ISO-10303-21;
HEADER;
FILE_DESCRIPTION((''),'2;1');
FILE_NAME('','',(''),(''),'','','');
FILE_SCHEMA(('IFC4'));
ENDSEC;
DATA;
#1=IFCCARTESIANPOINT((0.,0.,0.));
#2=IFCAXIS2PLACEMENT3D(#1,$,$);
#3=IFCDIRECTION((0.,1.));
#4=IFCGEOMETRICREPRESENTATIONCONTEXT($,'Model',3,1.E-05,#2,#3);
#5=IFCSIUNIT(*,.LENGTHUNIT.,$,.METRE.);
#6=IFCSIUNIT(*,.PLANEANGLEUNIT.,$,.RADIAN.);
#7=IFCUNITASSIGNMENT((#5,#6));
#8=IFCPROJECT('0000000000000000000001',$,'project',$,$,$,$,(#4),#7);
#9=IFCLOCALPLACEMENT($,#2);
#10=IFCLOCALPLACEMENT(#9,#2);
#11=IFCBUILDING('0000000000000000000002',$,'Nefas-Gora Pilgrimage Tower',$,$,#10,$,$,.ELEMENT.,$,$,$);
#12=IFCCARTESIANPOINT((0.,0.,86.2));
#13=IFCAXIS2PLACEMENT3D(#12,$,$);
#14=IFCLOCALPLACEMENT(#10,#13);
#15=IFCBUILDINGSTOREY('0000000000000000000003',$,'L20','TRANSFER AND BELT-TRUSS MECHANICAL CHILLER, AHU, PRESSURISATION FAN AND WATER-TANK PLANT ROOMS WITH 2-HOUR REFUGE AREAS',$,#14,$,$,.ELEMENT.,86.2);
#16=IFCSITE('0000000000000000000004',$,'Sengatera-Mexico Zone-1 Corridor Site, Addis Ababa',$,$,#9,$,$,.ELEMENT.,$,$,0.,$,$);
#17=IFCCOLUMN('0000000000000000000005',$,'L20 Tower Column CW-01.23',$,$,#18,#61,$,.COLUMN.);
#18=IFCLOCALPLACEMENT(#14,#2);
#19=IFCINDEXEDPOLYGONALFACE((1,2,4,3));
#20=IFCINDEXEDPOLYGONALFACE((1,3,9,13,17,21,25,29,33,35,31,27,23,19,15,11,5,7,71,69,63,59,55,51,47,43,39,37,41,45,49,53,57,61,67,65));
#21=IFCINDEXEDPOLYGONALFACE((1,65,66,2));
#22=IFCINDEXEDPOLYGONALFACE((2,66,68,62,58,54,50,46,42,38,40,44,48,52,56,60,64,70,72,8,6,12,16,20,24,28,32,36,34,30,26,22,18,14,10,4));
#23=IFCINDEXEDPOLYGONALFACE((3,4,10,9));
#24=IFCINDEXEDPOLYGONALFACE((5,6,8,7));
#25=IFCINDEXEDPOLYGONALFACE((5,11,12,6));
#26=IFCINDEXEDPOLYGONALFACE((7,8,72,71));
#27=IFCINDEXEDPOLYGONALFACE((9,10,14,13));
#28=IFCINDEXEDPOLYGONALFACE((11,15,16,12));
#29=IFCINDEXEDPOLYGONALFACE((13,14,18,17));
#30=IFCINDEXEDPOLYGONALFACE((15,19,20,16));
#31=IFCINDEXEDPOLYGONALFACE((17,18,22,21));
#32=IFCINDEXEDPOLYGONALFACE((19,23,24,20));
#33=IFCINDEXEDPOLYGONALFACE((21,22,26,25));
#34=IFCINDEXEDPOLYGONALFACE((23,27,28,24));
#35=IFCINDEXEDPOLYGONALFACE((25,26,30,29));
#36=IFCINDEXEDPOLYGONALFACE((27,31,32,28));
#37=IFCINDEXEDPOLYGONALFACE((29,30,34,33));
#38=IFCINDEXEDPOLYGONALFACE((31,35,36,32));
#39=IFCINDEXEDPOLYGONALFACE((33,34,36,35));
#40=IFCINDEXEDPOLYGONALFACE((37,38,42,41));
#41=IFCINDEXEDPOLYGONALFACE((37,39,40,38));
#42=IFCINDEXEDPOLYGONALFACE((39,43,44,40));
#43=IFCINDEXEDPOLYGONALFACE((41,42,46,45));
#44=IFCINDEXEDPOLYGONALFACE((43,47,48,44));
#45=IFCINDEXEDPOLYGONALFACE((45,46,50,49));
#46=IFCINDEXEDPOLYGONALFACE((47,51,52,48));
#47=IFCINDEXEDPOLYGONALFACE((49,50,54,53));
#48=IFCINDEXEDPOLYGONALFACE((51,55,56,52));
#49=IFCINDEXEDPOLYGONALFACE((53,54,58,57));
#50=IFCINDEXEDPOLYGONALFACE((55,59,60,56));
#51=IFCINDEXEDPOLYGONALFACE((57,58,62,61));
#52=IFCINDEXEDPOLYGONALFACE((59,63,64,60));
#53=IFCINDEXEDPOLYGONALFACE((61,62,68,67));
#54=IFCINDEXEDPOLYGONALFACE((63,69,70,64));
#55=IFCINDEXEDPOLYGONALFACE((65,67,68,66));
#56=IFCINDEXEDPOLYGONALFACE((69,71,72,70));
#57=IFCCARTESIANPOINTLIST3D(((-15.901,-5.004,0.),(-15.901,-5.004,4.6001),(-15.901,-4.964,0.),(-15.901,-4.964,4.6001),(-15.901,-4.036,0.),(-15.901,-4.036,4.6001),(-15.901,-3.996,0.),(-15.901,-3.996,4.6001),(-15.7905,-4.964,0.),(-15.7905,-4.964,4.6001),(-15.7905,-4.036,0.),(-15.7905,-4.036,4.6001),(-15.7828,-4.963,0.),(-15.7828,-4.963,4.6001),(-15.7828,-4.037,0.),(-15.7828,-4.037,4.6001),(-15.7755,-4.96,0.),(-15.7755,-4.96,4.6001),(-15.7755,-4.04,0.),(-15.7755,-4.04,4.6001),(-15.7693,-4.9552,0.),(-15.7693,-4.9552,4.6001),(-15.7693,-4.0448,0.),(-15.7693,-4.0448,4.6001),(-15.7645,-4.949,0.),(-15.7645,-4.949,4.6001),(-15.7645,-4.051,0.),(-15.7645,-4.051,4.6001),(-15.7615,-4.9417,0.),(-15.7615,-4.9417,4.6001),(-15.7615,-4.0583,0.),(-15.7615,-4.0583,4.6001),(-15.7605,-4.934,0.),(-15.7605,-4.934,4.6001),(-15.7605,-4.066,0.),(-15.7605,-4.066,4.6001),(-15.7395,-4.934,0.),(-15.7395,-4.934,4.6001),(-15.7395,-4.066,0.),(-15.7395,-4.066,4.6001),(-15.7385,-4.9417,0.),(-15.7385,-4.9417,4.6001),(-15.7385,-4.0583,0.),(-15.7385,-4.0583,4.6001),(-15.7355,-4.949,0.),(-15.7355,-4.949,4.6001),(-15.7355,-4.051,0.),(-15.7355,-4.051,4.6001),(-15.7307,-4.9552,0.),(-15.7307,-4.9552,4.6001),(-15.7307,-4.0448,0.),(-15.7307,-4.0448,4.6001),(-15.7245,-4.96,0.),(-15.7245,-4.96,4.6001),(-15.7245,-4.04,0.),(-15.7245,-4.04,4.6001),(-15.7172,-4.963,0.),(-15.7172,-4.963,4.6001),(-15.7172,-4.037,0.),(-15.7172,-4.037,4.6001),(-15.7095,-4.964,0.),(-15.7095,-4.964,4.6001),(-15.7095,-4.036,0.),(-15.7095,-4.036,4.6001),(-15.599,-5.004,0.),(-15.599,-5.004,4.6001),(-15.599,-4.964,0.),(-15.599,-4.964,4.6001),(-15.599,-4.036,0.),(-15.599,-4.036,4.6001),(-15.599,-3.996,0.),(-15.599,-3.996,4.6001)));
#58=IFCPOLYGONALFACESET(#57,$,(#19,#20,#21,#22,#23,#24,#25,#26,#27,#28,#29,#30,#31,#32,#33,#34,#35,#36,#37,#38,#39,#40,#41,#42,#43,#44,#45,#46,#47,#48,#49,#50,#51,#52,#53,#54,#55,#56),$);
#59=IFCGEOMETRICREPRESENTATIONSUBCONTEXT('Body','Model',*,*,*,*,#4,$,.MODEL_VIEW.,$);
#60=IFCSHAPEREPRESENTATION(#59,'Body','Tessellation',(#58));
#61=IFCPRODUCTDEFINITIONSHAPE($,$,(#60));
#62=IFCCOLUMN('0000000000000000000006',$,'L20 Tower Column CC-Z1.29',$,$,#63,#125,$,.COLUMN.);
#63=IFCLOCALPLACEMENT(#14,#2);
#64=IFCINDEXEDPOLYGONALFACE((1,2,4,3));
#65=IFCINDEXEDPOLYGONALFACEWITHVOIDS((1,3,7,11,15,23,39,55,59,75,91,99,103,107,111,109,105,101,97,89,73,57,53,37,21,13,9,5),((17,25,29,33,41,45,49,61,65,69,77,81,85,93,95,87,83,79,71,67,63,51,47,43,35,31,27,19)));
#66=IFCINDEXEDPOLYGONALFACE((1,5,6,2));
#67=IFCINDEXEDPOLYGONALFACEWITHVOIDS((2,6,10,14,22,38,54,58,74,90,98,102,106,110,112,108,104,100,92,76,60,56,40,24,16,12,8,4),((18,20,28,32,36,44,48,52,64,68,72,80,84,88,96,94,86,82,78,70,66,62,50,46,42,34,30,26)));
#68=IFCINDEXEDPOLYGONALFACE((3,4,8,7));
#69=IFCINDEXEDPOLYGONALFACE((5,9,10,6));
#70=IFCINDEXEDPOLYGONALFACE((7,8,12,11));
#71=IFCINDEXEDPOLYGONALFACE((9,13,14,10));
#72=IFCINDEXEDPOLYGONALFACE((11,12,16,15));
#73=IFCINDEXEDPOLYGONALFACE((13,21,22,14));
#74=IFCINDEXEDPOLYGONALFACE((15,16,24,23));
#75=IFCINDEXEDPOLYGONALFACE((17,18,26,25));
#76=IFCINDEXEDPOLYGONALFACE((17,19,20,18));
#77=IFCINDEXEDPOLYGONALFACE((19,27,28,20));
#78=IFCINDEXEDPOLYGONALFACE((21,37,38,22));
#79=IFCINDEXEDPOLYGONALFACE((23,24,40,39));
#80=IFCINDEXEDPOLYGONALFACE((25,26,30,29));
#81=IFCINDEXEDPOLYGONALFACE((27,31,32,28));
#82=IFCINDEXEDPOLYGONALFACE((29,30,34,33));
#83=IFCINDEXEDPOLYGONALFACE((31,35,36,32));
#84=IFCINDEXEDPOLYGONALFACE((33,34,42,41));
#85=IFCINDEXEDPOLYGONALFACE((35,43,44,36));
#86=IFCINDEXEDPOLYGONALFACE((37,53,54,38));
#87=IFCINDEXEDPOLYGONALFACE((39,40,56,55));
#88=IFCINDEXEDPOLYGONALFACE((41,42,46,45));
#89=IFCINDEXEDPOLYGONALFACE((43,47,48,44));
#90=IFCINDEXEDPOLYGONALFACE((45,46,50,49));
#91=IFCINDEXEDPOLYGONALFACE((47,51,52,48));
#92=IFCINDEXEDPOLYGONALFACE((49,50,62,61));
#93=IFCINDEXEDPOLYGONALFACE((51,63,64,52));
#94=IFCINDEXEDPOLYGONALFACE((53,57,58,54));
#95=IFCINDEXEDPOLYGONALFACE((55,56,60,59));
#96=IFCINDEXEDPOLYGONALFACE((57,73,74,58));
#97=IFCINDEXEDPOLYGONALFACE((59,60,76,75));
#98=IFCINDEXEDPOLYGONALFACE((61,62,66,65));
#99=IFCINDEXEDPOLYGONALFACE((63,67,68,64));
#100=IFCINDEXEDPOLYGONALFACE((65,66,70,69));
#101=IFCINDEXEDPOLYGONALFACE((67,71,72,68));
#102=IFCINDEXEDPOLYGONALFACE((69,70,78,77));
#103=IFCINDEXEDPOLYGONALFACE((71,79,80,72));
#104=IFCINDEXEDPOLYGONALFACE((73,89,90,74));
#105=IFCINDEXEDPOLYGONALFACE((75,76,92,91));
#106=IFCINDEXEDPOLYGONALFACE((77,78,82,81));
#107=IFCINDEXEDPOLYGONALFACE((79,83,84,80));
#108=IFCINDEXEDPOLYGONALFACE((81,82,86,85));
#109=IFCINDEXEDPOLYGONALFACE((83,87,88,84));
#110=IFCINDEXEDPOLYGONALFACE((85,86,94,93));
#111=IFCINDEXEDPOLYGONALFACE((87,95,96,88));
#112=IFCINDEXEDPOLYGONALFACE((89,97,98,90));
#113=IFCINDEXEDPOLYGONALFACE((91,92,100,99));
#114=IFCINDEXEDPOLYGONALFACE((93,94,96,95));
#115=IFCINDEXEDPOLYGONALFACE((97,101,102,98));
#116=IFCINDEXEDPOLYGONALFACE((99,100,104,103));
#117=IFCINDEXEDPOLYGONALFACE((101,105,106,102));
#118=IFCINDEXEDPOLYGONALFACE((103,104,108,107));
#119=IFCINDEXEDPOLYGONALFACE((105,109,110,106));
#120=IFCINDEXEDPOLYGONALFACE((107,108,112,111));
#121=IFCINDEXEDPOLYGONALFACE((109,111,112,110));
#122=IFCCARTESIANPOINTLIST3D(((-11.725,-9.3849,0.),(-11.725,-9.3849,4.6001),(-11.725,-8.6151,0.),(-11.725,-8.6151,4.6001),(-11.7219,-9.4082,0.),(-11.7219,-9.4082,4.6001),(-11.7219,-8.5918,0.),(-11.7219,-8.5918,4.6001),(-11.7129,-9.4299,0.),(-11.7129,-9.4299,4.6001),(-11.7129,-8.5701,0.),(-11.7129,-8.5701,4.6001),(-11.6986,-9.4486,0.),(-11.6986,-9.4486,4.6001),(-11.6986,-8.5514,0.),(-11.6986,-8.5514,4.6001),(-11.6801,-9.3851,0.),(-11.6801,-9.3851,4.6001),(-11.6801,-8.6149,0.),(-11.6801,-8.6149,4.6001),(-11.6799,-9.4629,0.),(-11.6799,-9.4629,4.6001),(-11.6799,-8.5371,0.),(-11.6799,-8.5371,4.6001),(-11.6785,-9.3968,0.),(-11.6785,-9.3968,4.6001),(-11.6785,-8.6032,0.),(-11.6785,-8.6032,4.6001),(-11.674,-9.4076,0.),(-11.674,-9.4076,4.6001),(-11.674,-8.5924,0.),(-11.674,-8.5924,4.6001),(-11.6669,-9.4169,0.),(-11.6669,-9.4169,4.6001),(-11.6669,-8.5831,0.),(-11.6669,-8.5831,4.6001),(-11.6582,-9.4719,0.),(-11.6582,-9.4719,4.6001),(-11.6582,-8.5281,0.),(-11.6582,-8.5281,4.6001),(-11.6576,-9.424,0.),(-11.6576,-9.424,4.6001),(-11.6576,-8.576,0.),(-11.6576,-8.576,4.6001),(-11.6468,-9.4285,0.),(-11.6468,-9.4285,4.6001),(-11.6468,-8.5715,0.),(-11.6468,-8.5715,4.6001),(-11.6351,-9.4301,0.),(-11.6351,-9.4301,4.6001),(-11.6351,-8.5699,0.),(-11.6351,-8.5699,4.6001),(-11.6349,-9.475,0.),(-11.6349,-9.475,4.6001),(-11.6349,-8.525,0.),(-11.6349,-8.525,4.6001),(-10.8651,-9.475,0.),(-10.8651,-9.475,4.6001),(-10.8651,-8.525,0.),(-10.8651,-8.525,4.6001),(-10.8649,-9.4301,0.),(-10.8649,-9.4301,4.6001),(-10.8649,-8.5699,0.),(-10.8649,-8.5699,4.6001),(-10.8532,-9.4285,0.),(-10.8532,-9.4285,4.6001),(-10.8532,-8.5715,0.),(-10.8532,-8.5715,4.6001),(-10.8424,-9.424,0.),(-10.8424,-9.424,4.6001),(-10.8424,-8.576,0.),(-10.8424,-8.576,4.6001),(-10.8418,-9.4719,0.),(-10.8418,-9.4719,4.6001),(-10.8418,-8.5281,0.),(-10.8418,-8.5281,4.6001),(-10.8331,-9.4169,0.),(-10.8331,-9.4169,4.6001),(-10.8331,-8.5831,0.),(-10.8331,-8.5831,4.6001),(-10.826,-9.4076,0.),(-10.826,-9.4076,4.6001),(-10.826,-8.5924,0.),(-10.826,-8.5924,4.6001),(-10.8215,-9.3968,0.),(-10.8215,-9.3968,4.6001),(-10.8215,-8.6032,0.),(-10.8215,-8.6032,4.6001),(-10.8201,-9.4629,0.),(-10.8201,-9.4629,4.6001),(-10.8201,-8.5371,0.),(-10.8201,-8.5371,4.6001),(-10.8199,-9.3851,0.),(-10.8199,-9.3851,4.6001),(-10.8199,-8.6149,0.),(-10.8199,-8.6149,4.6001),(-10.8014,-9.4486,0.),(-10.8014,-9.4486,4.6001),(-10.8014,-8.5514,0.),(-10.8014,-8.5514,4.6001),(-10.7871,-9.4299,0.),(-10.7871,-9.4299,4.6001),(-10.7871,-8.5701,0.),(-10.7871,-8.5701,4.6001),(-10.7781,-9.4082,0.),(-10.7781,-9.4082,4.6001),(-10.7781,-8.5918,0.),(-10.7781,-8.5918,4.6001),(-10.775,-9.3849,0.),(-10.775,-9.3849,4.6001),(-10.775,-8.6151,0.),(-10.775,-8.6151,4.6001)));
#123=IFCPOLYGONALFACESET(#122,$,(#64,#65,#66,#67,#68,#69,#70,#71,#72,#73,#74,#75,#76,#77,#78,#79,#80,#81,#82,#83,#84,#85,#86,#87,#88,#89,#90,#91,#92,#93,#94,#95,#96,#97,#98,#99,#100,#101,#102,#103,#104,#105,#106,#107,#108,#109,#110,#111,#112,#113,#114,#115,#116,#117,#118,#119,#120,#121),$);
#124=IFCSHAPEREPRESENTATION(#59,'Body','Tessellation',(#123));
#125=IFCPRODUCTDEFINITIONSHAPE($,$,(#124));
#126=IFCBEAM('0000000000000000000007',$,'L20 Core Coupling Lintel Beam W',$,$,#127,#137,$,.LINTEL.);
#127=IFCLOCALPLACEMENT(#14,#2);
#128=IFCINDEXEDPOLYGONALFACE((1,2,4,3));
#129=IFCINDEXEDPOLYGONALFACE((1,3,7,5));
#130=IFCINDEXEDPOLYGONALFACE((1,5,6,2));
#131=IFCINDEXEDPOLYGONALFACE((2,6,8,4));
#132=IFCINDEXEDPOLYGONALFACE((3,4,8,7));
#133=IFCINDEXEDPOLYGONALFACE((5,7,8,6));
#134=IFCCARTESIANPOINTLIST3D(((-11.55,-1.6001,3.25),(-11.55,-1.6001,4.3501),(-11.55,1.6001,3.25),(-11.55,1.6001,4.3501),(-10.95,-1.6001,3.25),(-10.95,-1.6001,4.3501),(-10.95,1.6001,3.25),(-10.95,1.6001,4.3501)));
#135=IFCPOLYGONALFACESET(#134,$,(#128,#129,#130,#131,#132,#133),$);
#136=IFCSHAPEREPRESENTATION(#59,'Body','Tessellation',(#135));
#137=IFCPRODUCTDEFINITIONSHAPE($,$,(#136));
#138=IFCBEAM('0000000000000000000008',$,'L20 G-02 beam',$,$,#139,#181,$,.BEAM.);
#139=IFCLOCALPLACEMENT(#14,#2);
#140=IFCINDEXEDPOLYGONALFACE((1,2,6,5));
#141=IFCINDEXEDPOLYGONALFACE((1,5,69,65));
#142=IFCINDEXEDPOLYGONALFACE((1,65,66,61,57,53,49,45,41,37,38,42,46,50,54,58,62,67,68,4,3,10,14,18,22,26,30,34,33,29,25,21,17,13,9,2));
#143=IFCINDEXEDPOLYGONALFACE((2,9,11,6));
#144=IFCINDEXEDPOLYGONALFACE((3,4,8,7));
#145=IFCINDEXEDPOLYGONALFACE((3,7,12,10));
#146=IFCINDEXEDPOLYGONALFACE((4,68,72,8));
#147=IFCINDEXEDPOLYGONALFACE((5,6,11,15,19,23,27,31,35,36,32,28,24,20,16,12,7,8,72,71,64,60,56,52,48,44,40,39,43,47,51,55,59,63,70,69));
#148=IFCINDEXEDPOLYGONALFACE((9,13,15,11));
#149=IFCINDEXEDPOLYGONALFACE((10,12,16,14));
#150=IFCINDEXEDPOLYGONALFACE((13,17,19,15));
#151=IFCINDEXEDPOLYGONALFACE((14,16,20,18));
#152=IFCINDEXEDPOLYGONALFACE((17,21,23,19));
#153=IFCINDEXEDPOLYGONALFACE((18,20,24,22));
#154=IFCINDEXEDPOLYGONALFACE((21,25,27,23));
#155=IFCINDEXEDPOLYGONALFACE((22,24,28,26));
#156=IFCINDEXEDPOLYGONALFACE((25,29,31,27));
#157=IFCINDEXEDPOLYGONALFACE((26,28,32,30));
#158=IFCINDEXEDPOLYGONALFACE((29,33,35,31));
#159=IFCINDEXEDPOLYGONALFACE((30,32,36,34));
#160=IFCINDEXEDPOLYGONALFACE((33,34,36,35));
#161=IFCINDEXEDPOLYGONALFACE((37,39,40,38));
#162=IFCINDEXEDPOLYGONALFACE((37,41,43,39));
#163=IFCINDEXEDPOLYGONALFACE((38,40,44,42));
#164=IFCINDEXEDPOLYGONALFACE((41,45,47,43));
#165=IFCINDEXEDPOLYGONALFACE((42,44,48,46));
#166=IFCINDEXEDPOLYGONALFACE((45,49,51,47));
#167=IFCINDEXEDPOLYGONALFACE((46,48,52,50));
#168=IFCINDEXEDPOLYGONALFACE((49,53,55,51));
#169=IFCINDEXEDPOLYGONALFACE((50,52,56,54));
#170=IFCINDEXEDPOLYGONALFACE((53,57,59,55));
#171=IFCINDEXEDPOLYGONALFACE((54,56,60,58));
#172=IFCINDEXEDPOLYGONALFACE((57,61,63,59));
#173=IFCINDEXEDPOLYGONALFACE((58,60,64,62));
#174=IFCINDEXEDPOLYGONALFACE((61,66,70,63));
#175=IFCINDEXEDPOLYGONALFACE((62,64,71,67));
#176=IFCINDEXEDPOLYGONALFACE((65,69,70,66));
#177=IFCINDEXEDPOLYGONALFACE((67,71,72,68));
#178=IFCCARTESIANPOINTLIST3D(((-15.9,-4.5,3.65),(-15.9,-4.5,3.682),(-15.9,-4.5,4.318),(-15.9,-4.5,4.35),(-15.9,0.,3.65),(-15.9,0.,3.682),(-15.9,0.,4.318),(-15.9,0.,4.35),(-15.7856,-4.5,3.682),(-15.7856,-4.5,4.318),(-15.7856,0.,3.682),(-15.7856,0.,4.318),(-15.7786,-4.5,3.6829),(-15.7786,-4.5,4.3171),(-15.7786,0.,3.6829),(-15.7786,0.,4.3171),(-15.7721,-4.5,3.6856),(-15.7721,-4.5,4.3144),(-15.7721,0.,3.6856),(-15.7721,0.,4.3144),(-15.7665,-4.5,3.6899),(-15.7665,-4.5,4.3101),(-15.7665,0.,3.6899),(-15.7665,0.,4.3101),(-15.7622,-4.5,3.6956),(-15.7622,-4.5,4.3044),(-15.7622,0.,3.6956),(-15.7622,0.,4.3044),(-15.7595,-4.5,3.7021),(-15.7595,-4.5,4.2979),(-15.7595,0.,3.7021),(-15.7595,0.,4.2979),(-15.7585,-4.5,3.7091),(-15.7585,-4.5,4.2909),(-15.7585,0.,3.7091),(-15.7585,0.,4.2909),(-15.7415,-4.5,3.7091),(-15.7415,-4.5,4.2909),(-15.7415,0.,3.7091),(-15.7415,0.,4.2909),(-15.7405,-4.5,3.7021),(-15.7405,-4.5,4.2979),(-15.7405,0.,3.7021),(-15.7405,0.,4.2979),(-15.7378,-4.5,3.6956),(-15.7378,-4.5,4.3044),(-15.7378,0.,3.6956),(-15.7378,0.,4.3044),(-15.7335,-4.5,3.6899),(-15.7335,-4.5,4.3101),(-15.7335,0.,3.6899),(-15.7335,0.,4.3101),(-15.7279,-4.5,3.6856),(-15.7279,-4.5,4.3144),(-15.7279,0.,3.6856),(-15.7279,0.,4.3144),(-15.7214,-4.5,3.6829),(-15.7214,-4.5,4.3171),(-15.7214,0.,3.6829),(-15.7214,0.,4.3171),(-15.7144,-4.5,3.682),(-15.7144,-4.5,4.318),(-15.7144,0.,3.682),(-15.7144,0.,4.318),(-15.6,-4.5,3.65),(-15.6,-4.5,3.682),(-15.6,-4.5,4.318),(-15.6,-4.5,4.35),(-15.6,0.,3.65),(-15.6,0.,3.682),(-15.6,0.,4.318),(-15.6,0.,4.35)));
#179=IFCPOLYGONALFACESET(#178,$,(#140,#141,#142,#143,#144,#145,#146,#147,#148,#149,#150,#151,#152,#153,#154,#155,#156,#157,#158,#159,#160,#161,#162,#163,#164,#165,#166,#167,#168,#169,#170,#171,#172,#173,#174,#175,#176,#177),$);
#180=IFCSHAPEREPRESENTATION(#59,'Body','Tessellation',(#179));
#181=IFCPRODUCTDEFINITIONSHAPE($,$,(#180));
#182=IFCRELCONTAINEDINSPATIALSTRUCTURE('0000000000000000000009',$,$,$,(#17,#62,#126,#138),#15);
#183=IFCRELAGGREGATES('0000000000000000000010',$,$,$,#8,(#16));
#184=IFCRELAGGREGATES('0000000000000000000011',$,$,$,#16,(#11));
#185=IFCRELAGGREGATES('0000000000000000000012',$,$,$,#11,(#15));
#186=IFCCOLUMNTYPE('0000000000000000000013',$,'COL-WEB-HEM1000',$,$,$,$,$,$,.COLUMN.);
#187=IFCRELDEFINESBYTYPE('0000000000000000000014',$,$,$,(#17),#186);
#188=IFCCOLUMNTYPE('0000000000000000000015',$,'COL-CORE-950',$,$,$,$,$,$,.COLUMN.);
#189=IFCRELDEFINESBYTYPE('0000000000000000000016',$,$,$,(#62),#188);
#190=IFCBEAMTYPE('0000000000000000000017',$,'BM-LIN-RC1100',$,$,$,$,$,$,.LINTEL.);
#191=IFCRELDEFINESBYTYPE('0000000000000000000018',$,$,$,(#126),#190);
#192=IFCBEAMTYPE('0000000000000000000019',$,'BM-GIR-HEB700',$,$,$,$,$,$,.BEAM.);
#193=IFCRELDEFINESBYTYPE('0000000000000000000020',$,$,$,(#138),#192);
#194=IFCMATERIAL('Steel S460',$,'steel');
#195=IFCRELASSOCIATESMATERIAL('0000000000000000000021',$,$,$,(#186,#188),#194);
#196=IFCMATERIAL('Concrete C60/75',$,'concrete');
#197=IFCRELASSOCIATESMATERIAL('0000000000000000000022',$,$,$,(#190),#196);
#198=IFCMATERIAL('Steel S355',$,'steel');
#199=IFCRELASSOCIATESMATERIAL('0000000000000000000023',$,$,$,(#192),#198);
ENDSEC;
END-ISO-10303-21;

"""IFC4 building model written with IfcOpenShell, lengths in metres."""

from ifc_helpers import new_model, si_unit, direction, frame, origin, origin_2d, place, context, subcontext, project, spatial, rectangle, hollow_rectangle, i_section, extrude, source, transform, mapped, material, material_profile, profile_set, type_object, element, save


model = new_model("IFC4")

# Units and contexts
model_context = context("Model", 3, precision=1e-05, world=origin(), true_north=direction((0.0, 1.0)))
body_context = subcontext(model_context, "Body", "Model", "MODEL_VIEW")
ifc_project = project(units=[si_unit("LENGTHUNIT", "METRE"), si_unit("PLANEANGLEUNIT", "RADIAN")], contexts=[model_context])

# Site, building, storey
site_placement = place(None, origin())
site = spatial("IfcSite", under=ifc_project, at=site_placement, Name="Sengatera-Mexico Zone-1 Corridor Site, Addis Ababa", CompositionType="ELEMENT", RefElevation=0.0)
building_placement = place(site_placement, origin())
building = spatial("IfcBuilding", under=site, at=building_placement, Name="Nefas-Gora Pilgrimage Tower", CompositionType="ELEMENT")
storey_placement = place(building_placement, frame((0.0, 0.0, 86.2)))
storey = spatial("IfcBuildingStorey", under=building, at=storey_placement, Name="L20", Description="TRANSFER AND BELT-TRUSS MECHANICAL CHILLER, AHU, PRESSURISATION FAN AND WATER-TANK PLANT ROOMS WITH 2-HOUR REFUGE AREAS", CompositionType="ELEMENT", Elevation=86.2)

# Columns
ifc_material_1 = material(Name="Steel S460", Category="steel")
ifc_material_profile_1 = material_profile(ifc_material_1, i_section(OverallWidth=0.302, OverallDepth=1.0081, WebThickness=0.021, FlangeThickness=0.04, FilletRadius=0.03, at=origin_2d()), Name="HEM 1000")
ifc_profile_set_1 = profile_set([ifc_material_profile_1], Name="Steel S460")
column_type_1 = type_object("IfcColumnType", Name="COL-WEB-HEM1000", PredefinedType="COLUMN", material=ifc_profile_set_1)
shared_shape_1 = source(origin(), body_context, "Body", "SweptSolid", [
    extrude(i_section(OverallWidth=0.302, OverallDepth=1.0081, WebThickness=0.021, FlangeThickness=0.04, FilletRadius=0.03, at=origin_2d()), origin(), (0.0, 0.0, 1.0), 4.6001),
])
column_1_placement = place(storey_placement, frame((-15.75, -4.5, 0.0), z_axis=(0.0, 0.0, 1.0), x_axis=(1.0, 0.0, 0.0)))
element("IfcColumn", 1, at=column_1_placement, inside=storey, type_object=column_type_1, Name="L20 Tower Column CW-01.23", PredefinedType="COLUMN", context=body_context, shape_type="MappedRepresentation", body=[
    mapped(shared_shape_1, transform((0.0, 0.0, 0.0), x_axis=(1.0, 0.0, 0.0), y_axis=(0.0, 1.0, 0.0), z_axis=(0.0, 0.0, 1.0), scale=1.0)),
])
ifc_material_profile_2 = material_profile(ifc_material_1, hollow_rectangle(XDim=0.95, YDim=0.95, WallThickness=0.0449, InnerFilletRadius=0.0449, OuterFilletRadius=0.0901, at=origin_2d()), Name="BOX 950x950x45")
ifc_profile_set_2 = profile_set([ifc_material_profile_2], Name="Steel S460")
column_type_2 = type_object("IfcColumnType", Name="COL-CORE-950", PredefinedType="COLUMN", material=ifc_profile_set_2)
shared_shape_2 = source(origin(), body_context, "Body", "SweptSolid", [
    extrude(hollow_rectangle(XDim=0.95, YDim=0.95, WallThickness=0.0449, InnerFilletRadius=0.0449, OuterFilletRadius=0.0901, at=origin_2d()), origin(), (0.0, 0.0, 1.0), 4.6001),
])
column_2_placement = place(storey_placement, frame((-11.25, -9.0, 0.0), z_axis=(0.0, 0.0, 1.0), x_axis=(1.0, 0.0, 0.0)))
element("IfcColumn", 2, at=column_2_placement, inside=storey, type_object=column_type_2, Name="L20 Tower Column CC-Z1.29", PredefinedType="COLUMN", context=body_context, shape_type="MappedRepresentation", body=[
    mapped(shared_shape_2, transform((0.0, 0.0, 0.0), x_axis=(1.0, 0.0, 0.0), y_axis=(0.0, 1.0, 0.0), z_axis=(0.0, 0.0, 1.0), scale=1.0)),
])

# Beams
ifc_material_2 = material(Name="Concrete C60/75", Category="concrete")
ifc_material_profile_3 = material_profile(ifc_material_2, rectangle(XDim=0.6001, YDim=1.1001, at=origin_2d()), Name="RC 600x1100")
ifc_profile_set_3 = profile_set([ifc_material_profile_3], Name="Concrete C60/75")
beam_type_1 = type_object("IfcBeamType", Name="BM-LIN-RC1100", PredefinedType="LINTEL", material=ifc_profile_set_3)
shared_shape_3 = source(origin(), body_context, "Body", "SweptSolid", [
    extrude(rectangle(XDim=0.6001, YDim=1.1001, at=origin_2d()), origin(), (0.0, 0.0, 1.0), 3.2002),
])
beam_1_placement = place(storey_placement, frame((-11.25, -1.6001, 3.8), z_axis=(0.0, 1.0, 0.0), x_axis=(-1.0, 0.0, 0.0)))
element("IfcBeam", 3, at=beam_1_placement, inside=storey, type_object=beam_type_1, Name="L20 Core Coupling Lintel Beam W", PredefinedType="LINTEL", context=body_context, shape_type="MappedRepresentation", body=[
    mapped(shared_shape_3, transform((0.0, 0.0, 0.0), x_axis=(1.0, 0.0, 0.0), y_axis=(0.0, 1.0, 0.0), z_axis=(0.0, 0.0, 1.0), scale=1.0)),
])
ifc_material_3 = material(Name="Steel S355", Category="steel")
ifc_material_profile_4 = material_profile(ifc_material_3, i_section(OverallWidth=0.3, OverallDepth=0.7, WebThickness=0.0171, FlangeThickness=0.032, FilletRadius=0.0271, at=origin_2d()), Name="HEB 700")
ifc_profile_set_4 = profile_set([ifc_material_profile_4], Name="Steel S355")
beam_type_2 = type_object("IfcBeamType", Name="BM-GIR-HEB700", PredefinedType="BEAM", material=ifc_profile_set_4)
shared_shape_4 = source(origin(), body_context, "Body", "SweptSolid", [
    extrude(i_section(OverallWidth=0.3, OverallDepth=0.7, WebThickness=0.0171, FlangeThickness=0.032, FilletRadius=0.0271, at=origin_2d()), origin(), (0.0, 0.0, 1.0), 4.5),
])
beam_2_placement = place(storey_placement, frame((-15.75, -4.5, 4.0), z_axis=(0.0, 1.0, 0.0), x_axis=(-1.0, 0.0, 0.0)))
element("IfcBeam", 4, at=beam_2_placement, inside=storey, type_object=beam_type_2, Name="L20 G-02 beam", PredefinedType="BEAM", context=body_context, shape_type="MappedRepresentation", body=[
    mapped(shared_shape_4, transform((0.0, 0.0, 0.0), x_axis=(1.0, 0.0, 0.0), y_axis=(0.0, 1.0, 0.0), z_axis=(0.0, 0.0, 1.0), scale=1.0)),
])

save(model, "model.ifc")
